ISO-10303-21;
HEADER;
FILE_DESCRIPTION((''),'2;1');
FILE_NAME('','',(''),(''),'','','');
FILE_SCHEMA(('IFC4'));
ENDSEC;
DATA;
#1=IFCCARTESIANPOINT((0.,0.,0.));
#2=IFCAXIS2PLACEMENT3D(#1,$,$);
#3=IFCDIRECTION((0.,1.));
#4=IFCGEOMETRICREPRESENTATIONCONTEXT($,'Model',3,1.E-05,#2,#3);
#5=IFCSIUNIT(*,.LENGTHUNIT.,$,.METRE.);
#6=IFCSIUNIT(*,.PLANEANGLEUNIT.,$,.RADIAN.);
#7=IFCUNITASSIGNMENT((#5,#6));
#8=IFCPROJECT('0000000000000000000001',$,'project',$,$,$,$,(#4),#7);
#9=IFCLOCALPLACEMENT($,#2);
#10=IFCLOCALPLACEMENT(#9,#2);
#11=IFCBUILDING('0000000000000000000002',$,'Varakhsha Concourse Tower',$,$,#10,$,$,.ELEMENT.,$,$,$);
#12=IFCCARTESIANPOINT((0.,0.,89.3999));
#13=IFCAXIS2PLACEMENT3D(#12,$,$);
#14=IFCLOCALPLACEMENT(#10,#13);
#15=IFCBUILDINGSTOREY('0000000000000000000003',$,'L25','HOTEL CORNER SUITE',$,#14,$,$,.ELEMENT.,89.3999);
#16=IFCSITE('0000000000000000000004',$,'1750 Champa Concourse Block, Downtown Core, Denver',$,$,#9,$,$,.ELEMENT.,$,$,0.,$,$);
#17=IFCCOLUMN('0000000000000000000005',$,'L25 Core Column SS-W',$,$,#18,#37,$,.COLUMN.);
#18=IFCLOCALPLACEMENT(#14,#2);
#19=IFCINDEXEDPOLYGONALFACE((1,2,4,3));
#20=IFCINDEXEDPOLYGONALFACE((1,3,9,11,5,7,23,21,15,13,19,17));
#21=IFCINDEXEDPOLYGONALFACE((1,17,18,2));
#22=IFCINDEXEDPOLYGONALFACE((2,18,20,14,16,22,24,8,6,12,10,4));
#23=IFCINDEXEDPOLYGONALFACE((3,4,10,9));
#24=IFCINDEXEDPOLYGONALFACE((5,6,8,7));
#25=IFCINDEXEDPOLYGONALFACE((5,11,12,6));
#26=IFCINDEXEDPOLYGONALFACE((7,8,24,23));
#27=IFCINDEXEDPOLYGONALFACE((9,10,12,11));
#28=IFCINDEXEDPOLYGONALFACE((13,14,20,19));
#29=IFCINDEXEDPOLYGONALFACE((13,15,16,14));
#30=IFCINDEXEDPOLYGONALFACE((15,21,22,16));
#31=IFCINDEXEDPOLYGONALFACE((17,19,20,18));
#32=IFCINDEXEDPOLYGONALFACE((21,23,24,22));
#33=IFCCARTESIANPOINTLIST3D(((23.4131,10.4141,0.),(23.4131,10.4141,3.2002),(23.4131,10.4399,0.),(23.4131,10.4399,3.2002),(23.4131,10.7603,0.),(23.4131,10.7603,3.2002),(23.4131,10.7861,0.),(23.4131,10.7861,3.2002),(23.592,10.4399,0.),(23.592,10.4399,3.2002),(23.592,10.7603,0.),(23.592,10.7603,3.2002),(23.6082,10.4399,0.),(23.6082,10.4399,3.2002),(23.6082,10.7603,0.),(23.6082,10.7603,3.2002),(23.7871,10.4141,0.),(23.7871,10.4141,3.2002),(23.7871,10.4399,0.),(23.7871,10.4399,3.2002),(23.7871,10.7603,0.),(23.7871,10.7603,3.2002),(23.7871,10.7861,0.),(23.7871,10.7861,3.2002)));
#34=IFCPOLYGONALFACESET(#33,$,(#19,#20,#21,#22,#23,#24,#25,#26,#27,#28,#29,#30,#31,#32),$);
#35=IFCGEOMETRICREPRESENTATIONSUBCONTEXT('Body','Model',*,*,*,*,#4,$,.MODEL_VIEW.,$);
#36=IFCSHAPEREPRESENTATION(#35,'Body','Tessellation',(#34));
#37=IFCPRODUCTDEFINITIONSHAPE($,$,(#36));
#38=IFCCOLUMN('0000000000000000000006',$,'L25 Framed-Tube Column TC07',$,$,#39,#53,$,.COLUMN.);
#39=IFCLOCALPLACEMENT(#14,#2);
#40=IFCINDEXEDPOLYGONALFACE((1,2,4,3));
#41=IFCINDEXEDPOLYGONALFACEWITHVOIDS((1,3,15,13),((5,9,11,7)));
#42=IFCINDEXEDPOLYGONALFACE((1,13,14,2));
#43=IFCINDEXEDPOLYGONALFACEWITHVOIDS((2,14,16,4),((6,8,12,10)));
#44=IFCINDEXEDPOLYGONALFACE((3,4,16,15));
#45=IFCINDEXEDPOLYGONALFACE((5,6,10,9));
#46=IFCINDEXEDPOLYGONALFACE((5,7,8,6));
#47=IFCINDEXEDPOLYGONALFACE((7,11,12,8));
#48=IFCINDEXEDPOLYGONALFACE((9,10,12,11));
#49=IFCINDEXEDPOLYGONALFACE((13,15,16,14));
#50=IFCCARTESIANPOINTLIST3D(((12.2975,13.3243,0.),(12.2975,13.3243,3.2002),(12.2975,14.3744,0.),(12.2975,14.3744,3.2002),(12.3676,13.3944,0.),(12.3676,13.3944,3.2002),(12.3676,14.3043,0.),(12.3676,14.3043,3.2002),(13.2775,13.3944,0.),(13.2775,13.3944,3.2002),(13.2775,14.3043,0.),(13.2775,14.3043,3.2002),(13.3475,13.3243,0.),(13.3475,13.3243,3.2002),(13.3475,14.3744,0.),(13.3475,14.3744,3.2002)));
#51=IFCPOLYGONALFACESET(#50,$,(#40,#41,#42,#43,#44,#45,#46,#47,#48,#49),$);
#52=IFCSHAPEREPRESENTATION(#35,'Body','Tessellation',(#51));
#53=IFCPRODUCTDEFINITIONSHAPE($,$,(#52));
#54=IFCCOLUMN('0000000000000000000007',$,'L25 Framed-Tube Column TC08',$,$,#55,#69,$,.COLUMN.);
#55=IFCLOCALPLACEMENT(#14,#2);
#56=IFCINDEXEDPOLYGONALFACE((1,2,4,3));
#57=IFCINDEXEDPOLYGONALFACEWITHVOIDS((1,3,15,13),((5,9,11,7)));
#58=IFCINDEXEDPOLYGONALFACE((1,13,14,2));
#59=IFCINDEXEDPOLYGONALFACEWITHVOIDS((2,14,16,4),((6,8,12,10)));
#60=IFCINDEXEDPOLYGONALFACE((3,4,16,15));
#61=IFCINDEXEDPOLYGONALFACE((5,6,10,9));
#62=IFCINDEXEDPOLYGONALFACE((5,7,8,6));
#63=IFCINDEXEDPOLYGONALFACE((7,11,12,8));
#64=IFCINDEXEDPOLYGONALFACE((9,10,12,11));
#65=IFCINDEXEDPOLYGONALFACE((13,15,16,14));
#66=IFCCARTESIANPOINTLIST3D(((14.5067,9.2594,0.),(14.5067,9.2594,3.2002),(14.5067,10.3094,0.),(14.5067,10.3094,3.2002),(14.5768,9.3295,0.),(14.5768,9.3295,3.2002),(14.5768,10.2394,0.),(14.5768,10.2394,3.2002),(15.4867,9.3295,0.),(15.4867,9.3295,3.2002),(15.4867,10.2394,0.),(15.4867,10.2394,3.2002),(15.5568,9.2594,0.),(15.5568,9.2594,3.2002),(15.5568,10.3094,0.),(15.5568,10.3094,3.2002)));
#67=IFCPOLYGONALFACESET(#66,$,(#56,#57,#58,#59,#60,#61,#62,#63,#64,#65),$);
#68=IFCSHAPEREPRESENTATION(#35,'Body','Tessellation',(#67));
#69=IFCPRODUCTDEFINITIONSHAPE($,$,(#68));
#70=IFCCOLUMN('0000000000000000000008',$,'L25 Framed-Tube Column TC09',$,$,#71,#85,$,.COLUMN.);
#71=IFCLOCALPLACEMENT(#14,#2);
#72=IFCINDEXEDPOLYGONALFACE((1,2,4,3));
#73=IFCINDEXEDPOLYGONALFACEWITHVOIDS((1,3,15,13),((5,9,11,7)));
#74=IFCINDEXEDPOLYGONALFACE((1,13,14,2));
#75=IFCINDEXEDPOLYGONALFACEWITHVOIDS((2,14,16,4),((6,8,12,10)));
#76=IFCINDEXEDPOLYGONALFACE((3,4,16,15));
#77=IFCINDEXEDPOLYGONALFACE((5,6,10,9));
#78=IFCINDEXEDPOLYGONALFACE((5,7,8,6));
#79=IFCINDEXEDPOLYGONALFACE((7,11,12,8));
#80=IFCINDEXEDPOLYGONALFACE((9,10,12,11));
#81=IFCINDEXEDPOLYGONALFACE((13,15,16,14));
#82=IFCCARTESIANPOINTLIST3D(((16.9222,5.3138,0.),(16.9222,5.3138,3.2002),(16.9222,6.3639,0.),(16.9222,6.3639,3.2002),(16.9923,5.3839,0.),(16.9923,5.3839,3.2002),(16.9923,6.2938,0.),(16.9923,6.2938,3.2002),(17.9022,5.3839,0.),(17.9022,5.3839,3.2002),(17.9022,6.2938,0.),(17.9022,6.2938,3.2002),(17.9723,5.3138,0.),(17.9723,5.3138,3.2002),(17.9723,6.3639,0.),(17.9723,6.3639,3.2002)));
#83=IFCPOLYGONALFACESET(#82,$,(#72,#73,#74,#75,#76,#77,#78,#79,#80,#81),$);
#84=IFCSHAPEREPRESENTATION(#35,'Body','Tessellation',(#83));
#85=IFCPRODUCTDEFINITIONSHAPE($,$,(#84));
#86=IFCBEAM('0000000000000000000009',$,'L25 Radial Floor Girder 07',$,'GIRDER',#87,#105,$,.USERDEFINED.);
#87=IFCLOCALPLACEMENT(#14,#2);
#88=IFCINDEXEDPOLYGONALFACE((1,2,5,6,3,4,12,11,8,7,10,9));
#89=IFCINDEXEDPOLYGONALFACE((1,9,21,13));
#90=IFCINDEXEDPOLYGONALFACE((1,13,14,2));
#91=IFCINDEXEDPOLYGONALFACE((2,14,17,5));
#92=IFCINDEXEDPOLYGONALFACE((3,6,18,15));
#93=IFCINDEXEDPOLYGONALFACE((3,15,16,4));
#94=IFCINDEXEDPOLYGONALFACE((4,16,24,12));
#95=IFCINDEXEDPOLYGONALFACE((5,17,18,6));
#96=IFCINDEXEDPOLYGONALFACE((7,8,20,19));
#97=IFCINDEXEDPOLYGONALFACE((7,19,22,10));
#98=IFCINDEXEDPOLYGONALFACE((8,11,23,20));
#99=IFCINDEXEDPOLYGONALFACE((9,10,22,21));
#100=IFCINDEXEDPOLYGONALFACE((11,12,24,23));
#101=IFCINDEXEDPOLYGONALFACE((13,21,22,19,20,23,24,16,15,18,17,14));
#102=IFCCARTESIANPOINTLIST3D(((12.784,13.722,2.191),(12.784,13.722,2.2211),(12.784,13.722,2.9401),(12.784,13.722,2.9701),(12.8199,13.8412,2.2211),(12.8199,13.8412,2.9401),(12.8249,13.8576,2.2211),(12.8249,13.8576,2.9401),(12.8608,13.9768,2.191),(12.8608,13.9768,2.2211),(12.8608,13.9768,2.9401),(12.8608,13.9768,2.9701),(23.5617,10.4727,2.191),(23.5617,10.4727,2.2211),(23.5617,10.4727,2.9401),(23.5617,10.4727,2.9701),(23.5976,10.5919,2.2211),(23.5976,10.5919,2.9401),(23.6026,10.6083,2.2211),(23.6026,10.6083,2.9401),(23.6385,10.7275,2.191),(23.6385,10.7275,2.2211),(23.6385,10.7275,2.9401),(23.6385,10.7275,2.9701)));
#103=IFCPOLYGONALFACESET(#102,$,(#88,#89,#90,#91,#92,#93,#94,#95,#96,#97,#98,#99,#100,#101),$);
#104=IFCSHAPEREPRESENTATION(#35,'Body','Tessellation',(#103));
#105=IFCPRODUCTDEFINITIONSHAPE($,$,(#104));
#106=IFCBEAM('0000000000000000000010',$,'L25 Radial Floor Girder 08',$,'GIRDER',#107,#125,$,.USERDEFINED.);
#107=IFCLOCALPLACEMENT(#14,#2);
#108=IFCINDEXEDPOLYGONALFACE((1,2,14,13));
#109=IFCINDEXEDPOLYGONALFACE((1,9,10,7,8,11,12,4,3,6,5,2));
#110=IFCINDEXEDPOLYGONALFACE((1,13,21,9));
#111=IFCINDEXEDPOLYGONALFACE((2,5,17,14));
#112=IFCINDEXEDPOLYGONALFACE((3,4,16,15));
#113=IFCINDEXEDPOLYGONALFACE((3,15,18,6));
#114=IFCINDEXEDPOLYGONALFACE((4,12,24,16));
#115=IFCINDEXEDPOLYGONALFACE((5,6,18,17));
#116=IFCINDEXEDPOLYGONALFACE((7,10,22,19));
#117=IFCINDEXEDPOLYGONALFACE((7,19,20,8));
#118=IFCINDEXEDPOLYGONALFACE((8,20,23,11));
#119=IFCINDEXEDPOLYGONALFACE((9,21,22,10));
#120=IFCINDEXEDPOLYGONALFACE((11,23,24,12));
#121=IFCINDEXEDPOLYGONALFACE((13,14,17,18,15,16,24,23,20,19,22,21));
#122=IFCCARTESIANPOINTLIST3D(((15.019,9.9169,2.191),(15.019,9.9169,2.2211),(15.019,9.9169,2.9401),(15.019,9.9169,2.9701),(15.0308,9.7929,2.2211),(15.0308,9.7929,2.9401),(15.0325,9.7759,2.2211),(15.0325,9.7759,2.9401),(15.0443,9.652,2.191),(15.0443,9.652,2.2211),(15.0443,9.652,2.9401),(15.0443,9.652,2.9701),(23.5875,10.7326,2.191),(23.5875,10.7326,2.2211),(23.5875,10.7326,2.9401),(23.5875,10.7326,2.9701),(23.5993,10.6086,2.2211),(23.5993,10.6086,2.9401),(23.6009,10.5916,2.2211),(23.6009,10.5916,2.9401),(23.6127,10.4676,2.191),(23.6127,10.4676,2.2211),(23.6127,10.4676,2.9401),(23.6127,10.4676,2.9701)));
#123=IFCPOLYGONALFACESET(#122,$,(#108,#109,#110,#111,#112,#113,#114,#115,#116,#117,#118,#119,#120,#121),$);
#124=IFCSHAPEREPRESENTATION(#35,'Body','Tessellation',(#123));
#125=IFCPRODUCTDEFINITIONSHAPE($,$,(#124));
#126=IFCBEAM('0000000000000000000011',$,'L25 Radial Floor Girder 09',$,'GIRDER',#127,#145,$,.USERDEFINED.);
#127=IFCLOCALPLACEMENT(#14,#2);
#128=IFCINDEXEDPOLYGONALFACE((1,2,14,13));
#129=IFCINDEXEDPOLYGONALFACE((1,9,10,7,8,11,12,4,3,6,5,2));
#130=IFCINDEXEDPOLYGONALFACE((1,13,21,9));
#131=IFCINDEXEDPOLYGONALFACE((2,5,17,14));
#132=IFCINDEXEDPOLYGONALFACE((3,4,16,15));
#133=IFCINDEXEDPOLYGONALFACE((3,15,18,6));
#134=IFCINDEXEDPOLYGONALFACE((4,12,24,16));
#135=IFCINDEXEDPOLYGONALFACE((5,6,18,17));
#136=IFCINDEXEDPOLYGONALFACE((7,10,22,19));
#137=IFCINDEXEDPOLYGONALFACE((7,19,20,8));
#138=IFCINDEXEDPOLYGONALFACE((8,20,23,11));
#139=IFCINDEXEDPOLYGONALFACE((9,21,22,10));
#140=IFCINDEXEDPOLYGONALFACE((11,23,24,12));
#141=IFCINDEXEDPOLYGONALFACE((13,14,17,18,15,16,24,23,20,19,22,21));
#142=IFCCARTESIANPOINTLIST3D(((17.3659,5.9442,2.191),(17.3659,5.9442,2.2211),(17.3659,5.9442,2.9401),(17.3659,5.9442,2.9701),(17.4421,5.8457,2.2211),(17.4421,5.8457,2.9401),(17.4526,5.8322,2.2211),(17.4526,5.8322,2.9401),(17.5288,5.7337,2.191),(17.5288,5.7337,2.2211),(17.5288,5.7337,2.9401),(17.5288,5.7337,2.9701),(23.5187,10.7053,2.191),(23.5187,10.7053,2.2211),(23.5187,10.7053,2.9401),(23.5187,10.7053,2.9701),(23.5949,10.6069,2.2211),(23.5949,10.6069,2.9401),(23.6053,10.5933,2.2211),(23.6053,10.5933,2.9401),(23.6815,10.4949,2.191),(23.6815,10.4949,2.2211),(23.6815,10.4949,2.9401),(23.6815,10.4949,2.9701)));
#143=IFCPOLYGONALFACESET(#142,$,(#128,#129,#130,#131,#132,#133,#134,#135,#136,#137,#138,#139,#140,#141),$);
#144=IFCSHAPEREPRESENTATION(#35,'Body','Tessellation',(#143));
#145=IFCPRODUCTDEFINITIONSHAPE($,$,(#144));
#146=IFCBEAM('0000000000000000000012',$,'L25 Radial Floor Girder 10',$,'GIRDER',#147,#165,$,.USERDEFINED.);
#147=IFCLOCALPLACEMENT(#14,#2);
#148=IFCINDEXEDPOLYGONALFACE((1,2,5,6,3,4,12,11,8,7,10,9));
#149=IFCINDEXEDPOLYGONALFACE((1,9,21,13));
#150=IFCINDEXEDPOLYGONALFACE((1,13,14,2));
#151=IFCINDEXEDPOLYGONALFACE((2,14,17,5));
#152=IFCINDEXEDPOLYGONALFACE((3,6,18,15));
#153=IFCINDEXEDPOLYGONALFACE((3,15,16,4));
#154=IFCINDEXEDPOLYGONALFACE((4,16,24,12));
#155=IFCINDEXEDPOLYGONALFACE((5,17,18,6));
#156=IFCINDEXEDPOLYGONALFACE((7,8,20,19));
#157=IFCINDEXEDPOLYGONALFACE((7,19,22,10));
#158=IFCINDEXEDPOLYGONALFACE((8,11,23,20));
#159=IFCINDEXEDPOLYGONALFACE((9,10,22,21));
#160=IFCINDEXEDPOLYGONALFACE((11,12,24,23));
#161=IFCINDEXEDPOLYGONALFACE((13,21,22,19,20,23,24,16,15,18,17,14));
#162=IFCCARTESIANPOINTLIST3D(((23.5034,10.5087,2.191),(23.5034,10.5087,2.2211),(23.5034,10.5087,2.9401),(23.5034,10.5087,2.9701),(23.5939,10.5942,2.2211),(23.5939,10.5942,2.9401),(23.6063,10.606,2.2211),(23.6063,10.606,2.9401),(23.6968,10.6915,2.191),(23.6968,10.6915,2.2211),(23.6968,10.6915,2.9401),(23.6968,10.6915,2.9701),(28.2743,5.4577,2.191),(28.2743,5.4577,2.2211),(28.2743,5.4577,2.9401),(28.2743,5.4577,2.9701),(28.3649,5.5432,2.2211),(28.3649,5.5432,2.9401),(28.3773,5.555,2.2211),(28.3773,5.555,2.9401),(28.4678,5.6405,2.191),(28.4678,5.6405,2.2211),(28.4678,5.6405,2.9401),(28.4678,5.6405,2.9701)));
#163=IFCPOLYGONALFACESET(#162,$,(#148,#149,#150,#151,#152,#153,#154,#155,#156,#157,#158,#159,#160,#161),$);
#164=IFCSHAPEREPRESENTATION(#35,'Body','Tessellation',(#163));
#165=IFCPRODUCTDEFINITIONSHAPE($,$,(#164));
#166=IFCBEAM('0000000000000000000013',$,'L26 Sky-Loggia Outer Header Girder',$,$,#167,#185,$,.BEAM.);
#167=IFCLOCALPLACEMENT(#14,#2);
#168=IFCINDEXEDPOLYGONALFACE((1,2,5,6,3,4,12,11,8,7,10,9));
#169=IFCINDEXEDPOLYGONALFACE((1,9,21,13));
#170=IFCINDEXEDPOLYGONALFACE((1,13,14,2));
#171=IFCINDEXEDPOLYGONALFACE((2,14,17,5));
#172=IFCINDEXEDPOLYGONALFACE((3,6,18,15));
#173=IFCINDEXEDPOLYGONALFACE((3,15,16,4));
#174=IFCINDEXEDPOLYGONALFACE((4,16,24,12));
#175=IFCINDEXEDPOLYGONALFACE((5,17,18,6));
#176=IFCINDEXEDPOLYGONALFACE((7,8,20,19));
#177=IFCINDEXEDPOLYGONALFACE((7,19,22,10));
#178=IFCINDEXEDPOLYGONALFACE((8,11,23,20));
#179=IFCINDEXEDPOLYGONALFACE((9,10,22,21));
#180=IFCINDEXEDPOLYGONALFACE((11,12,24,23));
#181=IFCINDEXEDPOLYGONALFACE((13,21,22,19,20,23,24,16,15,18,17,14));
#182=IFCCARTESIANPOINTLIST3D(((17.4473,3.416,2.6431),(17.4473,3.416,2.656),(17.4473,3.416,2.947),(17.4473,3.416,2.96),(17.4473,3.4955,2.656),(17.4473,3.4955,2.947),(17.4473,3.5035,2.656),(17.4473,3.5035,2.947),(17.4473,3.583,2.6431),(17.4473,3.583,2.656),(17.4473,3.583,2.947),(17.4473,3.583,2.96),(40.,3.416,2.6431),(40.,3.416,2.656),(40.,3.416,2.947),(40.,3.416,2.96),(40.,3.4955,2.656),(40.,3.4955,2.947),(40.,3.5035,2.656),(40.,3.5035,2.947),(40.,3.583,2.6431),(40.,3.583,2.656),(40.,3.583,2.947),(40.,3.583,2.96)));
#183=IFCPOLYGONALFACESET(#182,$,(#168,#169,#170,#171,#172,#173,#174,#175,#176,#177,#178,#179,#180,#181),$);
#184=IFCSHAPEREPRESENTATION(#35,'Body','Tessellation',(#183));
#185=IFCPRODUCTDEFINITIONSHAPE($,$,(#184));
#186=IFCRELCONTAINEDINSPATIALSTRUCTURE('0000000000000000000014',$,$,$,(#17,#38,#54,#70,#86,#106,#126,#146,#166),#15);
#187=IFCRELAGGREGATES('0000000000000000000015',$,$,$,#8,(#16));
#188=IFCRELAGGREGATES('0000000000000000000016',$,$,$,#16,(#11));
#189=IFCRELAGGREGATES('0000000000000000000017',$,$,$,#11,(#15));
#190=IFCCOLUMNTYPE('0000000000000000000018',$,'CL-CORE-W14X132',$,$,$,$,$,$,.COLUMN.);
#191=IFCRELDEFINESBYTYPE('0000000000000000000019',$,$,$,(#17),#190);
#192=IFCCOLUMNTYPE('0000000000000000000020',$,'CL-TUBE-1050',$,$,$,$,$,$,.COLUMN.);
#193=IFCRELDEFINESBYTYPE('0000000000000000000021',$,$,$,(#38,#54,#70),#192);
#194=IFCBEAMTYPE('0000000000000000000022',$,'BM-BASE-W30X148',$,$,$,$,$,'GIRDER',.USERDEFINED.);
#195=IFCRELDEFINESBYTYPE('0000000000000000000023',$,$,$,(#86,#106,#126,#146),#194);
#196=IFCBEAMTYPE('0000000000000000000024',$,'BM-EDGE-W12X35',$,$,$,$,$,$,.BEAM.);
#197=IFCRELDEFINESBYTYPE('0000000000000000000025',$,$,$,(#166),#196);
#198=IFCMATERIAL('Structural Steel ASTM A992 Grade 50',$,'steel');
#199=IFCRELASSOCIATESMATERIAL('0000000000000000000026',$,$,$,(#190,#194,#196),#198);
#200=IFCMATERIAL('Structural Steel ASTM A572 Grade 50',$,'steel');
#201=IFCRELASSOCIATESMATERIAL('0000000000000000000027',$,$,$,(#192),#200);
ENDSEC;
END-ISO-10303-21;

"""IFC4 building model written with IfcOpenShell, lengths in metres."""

from ifc_helpers import new_model, si_unit, direction, frame, origin, origin_2d, place, context, subcontext, project, spatial, hollow_rectangle, i_section, extrude, material, material_profile, profile_set, type_object, element, save


model = new_model("IFC4")

# Units and contexts
model_context = context("Model", 3, precision=1e-05, world=origin(), true_north=direction((0.0, 1.0)))
body_context = subcontext(model_context, "Body", "Model", "MODEL_VIEW")
ifc_project = project(units=[si_unit("LENGTHUNIT", "METRE"), si_unit("PLANEANGLEUNIT", "RADIAN")], contexts=[model_context])

# Site, building, storey
site_placement = place(None, origin())
site = spatial("IfcSite", under=ifc_project, at=site_placement, Name="1750 Champa Concourse Block, Downtown Core, Denver", CompositionType="ELEMENT", RefElevation=0.0)
building_placement = place(site_placement, origin())
building = spatial("IfcBuilding", under=site, at=building_placement, Name="Varakhsha Concourse Tower", CompositionType="ELEMENT")
storey_placement = place(building_placement, frame((0.0, 0.0, 89.3999)))
storey = spatial("IfcBuildingStorey", under=building, at=storey_placement, Name="L25", Description="HOTEL CORNER SUITE", CompositionType="ELEMENT", Elevation=89.3999)

# Columns
ifc_material_1 = material(Name="Structural Steel ASTM A992 Grade 50", Category="steel")
ifc_material_profile_1 = material_profile(ifc_material_1, i_section(OverallWidth=0.374, OverallDepth=0.3721, WebThickness=0.0161, FlangeThickness=0.0259, at=origin_2d()), Name="W14X132")
ifc_profile_set_1 = profile_set([ifc_material_profile_1], Name="Structural Steel ASTM A992 Grade 50")
column_type_1 = type_object("IfcColumnType", Name="CL-CORE-W14X132", PredefinedType="COLUMN", material=ifc_profile_set_1)
column_placement = place(storey_placement, frame((23.6001, 10.6001, 0.0), z_axis=(0.0, 0.0, 1.0), x_axis=(1.0, 0.0, 0.0)))
element("IfcColumn", 1, at=column_placement, inside=storey, type_object=column_type_1, Name="L25 Core Column SS-W", PredefinedType="COLUMN", context=body_context, shape_type="SweptSolid", body=[
    extrude(i_section(OverallWidth=0.374, OverallDepth=0.3721, WebThickness=0.0161, FlangeThickness=0.0259, at=origin_2d()), origin(), (0.0, 0.0, 1.0), 3.2002),
])
ifc_material_2 = material(Name="Structural Steel ASTM A572 Grade 50", Category="steel")
ifc_material_profile_2 = material_profile(ifc_material_2, hollow_rectangle(XDim=1.05, YDim=1.05, WallThickness=0.0701, at=origin_2d()), Name="BOX 1050x1050x70")
ifc_profile_set_2 = profile_set([ifc_material_profile_2], Name="Structural Steel ASTM A572 Grade 50")
column_type_2 = type_object("IfcColumnType", Name="CL-TUBE-1050", PredefinedType="COLUMN", material=ifc_profile_set_2)
for number, where, z_axis, x_axis, name in (
    (2, (12.8225, 13.8494, 0.0), (0.0, 0.0, 1.0), (1.0, 0.0, 0.0), "L25 Framed-Tube Column TC07"),
    (3, (15.0317, 9.7844, 0.0), (0.0, 0.0, 1.0), (1.0, 0.0, 0.0), "L25 Framed-Tube Column TC08"),
    (4, (17.4473, 5.8389, 0.0), (0.0, 0.0, 1.0), (1.0, 0.0, 0.0), "L25 Framed-Tube Column TC09"),
):
    element("IfcColumn", number, at=place(storey_placement, frame(where, z_axis=z_axis, x_axis=x_axis)), inside=storey, type_object=column_type_2, Name=name, PredefinedType="COLUMN", context=body_context, shape_type="SweptSolid", body=[
        extrude(hollow_rectangle(XDim=1.05, YDim=1.05, WallThickness=0.0701, at=origin_2d()), origin(), (0.0, 0.0, 1.0), 3.2002),
    ])

# Beams
ifc_material_profile_3 = material_profile(ifc_material_1, i_section(OverallWidth=0.2661, OverallDepth=0.7791, WebThickness=0.0171, FlangeThickness=0.03, at=origin_2d()), Name="W30X148")
ifc_profile_set_3 = profile_set([ifc_material_profile_3], Name="Structural Steel ASTM A992 Grade 50")
beam_type_1 = type_object("IfcBeamType", Name="BM-BASE-W30X148", ElementType="GIRDER", PredefinedType="USERDEFINED", material=ifc_profile_set_3)
beam_1_placement = place(storey_placement, frame((23.6001, 10.6001, 2.5806), z_axis=(-0.957434, 0.288651, 0.0), x_axis=(-0.288651, -0.957434, 0.0)))
element("IfcBeam", 5, at=beam_1_placement, inside=storey, type_object=beam_type_1, Name="L25 Radial Floor Girder 07", ObjectType="GIRDER", PredefinedType="USERDEFINED", context=body_context, shape_type="SweptSolid", body=[
    extrude(i_section(OverallWidth=0.2661, OverallDepth=0.7791, WebThickness=0.0171, FlangeThickness=0.03, at=origin_2d()), origin(), (0.0, 0.0, 1.0), 11.2568),
])
beam_2_placement = place(storey_placement, frame((23.6001, 10.6001, 2.5806), z_axis=(-0.995499, -0.094768, 0.0), x_axis=(0.094768, -0.995499, 0.0)))
element("IfcBeam", 6, at=beam_2_placement, inside=storey, type_object=beam_type_1, Name="L25 Radial Floor Girder 08", ObjectType="GIRDER", PredefinedType="USERDEFINED", context=body_context, shape_type="SweptSolid", body=[
    extrude(i_section(OverallWidth=0.2661, OverallDepth=0.7791, WebThickness=0.0171, FlangeThickness=0.03, at=origin_2d()), origin(), (0.0, 0.0, 1.0), 8.6072),
])
beam_3_placement = place(storey_placement, frame((23.6001, 10.6001, 2.5806), z_axis=(-0.790864, -0.611992, 0.0), x_axis=(0.611992, -0.790864, 0.0)))
element("IfcBeam", 7, at=beam_3_placement, inside=storey, type_object=beam_type_1, Name="L25 Radial Floor Girder 09", ObjectType="GIRDER", PredefinedType="USERDEFINED", context=body_context, shape_type="SweptSolid", body=[
    extrude(i_section(OverallWidth=0.2661, OverallDepth=0.7791, WebThickness=0.0171, FlangeThickness=0.03, at=origin_2d()), origin(), (0.0, 0.0, 1.0), 7.7798),
])
beam_4_placement = place(storey_placement, frame((23.6001, 10.6001, 2.5806), z_axis=(0.686668, -0.726971, 0.0), x_axis=(0.726971, 0.686668, 0.0)))
element("IfcBeam", 8, at=beam_4_placement, inside=storey, type_object=beam_type_1, Name="L25 Radial Floor Girder 10", ObjectType="GIRDER", PredefinedType="USERDEFINED", context=body_context, shape_type="SweptSolid", body=[
    extrude(i_section(OverallWidth=0.2661, OverallDepth=0.7791, WebThickness=0.0171, FlangeThickness=0.03, at=origin_2d()), origin(), (0.0, 0.0, 1.0), 6.948),
])
ifc_material_profile_4 = material_profile(ifc_material_1, i_section(OverallWidth=0.167, OverallDepth=0.3169, WebThickness=0.0081, FlangeThickness=0.0129, at=origin_2d()), Name="W12X35")
ifc_profile_set_4 = profile_set([ifc_material_profile_4], Name="Structural Steel ASTM A992 Grade 50")
beam_type_2 = type_object("IfcBeamType", Name="BM-EDGE-W12X35", PredefinedType="BEAM", material=ifc_profile_set_4)
beam_5_placement = place(storey_placement, frame((17.4473, 3.4995, 2.8015), z_axis=(1.0, 0.0, 0.0), x_axis=(0.0, 1.0, 0.0)))
element("IfcBeam", 9, at=beam_5_placement, inside=storey, type_object=beam_type_2, Name="L26 Sky-Loggia Outer Header Girder", PredefinedType="BEAM", context=body_context, shape_type="SweptSolid", body=[
    extrude(i_section(OverallWidth=0.167, OverallDepth=0.3169, WebThickness=0.0081, FlangeThickness=0.0129, at=origin_2d()), origin(), (0.0, 0.0, 1.0), 22.5527),
])

save(model, "model.ifc")
